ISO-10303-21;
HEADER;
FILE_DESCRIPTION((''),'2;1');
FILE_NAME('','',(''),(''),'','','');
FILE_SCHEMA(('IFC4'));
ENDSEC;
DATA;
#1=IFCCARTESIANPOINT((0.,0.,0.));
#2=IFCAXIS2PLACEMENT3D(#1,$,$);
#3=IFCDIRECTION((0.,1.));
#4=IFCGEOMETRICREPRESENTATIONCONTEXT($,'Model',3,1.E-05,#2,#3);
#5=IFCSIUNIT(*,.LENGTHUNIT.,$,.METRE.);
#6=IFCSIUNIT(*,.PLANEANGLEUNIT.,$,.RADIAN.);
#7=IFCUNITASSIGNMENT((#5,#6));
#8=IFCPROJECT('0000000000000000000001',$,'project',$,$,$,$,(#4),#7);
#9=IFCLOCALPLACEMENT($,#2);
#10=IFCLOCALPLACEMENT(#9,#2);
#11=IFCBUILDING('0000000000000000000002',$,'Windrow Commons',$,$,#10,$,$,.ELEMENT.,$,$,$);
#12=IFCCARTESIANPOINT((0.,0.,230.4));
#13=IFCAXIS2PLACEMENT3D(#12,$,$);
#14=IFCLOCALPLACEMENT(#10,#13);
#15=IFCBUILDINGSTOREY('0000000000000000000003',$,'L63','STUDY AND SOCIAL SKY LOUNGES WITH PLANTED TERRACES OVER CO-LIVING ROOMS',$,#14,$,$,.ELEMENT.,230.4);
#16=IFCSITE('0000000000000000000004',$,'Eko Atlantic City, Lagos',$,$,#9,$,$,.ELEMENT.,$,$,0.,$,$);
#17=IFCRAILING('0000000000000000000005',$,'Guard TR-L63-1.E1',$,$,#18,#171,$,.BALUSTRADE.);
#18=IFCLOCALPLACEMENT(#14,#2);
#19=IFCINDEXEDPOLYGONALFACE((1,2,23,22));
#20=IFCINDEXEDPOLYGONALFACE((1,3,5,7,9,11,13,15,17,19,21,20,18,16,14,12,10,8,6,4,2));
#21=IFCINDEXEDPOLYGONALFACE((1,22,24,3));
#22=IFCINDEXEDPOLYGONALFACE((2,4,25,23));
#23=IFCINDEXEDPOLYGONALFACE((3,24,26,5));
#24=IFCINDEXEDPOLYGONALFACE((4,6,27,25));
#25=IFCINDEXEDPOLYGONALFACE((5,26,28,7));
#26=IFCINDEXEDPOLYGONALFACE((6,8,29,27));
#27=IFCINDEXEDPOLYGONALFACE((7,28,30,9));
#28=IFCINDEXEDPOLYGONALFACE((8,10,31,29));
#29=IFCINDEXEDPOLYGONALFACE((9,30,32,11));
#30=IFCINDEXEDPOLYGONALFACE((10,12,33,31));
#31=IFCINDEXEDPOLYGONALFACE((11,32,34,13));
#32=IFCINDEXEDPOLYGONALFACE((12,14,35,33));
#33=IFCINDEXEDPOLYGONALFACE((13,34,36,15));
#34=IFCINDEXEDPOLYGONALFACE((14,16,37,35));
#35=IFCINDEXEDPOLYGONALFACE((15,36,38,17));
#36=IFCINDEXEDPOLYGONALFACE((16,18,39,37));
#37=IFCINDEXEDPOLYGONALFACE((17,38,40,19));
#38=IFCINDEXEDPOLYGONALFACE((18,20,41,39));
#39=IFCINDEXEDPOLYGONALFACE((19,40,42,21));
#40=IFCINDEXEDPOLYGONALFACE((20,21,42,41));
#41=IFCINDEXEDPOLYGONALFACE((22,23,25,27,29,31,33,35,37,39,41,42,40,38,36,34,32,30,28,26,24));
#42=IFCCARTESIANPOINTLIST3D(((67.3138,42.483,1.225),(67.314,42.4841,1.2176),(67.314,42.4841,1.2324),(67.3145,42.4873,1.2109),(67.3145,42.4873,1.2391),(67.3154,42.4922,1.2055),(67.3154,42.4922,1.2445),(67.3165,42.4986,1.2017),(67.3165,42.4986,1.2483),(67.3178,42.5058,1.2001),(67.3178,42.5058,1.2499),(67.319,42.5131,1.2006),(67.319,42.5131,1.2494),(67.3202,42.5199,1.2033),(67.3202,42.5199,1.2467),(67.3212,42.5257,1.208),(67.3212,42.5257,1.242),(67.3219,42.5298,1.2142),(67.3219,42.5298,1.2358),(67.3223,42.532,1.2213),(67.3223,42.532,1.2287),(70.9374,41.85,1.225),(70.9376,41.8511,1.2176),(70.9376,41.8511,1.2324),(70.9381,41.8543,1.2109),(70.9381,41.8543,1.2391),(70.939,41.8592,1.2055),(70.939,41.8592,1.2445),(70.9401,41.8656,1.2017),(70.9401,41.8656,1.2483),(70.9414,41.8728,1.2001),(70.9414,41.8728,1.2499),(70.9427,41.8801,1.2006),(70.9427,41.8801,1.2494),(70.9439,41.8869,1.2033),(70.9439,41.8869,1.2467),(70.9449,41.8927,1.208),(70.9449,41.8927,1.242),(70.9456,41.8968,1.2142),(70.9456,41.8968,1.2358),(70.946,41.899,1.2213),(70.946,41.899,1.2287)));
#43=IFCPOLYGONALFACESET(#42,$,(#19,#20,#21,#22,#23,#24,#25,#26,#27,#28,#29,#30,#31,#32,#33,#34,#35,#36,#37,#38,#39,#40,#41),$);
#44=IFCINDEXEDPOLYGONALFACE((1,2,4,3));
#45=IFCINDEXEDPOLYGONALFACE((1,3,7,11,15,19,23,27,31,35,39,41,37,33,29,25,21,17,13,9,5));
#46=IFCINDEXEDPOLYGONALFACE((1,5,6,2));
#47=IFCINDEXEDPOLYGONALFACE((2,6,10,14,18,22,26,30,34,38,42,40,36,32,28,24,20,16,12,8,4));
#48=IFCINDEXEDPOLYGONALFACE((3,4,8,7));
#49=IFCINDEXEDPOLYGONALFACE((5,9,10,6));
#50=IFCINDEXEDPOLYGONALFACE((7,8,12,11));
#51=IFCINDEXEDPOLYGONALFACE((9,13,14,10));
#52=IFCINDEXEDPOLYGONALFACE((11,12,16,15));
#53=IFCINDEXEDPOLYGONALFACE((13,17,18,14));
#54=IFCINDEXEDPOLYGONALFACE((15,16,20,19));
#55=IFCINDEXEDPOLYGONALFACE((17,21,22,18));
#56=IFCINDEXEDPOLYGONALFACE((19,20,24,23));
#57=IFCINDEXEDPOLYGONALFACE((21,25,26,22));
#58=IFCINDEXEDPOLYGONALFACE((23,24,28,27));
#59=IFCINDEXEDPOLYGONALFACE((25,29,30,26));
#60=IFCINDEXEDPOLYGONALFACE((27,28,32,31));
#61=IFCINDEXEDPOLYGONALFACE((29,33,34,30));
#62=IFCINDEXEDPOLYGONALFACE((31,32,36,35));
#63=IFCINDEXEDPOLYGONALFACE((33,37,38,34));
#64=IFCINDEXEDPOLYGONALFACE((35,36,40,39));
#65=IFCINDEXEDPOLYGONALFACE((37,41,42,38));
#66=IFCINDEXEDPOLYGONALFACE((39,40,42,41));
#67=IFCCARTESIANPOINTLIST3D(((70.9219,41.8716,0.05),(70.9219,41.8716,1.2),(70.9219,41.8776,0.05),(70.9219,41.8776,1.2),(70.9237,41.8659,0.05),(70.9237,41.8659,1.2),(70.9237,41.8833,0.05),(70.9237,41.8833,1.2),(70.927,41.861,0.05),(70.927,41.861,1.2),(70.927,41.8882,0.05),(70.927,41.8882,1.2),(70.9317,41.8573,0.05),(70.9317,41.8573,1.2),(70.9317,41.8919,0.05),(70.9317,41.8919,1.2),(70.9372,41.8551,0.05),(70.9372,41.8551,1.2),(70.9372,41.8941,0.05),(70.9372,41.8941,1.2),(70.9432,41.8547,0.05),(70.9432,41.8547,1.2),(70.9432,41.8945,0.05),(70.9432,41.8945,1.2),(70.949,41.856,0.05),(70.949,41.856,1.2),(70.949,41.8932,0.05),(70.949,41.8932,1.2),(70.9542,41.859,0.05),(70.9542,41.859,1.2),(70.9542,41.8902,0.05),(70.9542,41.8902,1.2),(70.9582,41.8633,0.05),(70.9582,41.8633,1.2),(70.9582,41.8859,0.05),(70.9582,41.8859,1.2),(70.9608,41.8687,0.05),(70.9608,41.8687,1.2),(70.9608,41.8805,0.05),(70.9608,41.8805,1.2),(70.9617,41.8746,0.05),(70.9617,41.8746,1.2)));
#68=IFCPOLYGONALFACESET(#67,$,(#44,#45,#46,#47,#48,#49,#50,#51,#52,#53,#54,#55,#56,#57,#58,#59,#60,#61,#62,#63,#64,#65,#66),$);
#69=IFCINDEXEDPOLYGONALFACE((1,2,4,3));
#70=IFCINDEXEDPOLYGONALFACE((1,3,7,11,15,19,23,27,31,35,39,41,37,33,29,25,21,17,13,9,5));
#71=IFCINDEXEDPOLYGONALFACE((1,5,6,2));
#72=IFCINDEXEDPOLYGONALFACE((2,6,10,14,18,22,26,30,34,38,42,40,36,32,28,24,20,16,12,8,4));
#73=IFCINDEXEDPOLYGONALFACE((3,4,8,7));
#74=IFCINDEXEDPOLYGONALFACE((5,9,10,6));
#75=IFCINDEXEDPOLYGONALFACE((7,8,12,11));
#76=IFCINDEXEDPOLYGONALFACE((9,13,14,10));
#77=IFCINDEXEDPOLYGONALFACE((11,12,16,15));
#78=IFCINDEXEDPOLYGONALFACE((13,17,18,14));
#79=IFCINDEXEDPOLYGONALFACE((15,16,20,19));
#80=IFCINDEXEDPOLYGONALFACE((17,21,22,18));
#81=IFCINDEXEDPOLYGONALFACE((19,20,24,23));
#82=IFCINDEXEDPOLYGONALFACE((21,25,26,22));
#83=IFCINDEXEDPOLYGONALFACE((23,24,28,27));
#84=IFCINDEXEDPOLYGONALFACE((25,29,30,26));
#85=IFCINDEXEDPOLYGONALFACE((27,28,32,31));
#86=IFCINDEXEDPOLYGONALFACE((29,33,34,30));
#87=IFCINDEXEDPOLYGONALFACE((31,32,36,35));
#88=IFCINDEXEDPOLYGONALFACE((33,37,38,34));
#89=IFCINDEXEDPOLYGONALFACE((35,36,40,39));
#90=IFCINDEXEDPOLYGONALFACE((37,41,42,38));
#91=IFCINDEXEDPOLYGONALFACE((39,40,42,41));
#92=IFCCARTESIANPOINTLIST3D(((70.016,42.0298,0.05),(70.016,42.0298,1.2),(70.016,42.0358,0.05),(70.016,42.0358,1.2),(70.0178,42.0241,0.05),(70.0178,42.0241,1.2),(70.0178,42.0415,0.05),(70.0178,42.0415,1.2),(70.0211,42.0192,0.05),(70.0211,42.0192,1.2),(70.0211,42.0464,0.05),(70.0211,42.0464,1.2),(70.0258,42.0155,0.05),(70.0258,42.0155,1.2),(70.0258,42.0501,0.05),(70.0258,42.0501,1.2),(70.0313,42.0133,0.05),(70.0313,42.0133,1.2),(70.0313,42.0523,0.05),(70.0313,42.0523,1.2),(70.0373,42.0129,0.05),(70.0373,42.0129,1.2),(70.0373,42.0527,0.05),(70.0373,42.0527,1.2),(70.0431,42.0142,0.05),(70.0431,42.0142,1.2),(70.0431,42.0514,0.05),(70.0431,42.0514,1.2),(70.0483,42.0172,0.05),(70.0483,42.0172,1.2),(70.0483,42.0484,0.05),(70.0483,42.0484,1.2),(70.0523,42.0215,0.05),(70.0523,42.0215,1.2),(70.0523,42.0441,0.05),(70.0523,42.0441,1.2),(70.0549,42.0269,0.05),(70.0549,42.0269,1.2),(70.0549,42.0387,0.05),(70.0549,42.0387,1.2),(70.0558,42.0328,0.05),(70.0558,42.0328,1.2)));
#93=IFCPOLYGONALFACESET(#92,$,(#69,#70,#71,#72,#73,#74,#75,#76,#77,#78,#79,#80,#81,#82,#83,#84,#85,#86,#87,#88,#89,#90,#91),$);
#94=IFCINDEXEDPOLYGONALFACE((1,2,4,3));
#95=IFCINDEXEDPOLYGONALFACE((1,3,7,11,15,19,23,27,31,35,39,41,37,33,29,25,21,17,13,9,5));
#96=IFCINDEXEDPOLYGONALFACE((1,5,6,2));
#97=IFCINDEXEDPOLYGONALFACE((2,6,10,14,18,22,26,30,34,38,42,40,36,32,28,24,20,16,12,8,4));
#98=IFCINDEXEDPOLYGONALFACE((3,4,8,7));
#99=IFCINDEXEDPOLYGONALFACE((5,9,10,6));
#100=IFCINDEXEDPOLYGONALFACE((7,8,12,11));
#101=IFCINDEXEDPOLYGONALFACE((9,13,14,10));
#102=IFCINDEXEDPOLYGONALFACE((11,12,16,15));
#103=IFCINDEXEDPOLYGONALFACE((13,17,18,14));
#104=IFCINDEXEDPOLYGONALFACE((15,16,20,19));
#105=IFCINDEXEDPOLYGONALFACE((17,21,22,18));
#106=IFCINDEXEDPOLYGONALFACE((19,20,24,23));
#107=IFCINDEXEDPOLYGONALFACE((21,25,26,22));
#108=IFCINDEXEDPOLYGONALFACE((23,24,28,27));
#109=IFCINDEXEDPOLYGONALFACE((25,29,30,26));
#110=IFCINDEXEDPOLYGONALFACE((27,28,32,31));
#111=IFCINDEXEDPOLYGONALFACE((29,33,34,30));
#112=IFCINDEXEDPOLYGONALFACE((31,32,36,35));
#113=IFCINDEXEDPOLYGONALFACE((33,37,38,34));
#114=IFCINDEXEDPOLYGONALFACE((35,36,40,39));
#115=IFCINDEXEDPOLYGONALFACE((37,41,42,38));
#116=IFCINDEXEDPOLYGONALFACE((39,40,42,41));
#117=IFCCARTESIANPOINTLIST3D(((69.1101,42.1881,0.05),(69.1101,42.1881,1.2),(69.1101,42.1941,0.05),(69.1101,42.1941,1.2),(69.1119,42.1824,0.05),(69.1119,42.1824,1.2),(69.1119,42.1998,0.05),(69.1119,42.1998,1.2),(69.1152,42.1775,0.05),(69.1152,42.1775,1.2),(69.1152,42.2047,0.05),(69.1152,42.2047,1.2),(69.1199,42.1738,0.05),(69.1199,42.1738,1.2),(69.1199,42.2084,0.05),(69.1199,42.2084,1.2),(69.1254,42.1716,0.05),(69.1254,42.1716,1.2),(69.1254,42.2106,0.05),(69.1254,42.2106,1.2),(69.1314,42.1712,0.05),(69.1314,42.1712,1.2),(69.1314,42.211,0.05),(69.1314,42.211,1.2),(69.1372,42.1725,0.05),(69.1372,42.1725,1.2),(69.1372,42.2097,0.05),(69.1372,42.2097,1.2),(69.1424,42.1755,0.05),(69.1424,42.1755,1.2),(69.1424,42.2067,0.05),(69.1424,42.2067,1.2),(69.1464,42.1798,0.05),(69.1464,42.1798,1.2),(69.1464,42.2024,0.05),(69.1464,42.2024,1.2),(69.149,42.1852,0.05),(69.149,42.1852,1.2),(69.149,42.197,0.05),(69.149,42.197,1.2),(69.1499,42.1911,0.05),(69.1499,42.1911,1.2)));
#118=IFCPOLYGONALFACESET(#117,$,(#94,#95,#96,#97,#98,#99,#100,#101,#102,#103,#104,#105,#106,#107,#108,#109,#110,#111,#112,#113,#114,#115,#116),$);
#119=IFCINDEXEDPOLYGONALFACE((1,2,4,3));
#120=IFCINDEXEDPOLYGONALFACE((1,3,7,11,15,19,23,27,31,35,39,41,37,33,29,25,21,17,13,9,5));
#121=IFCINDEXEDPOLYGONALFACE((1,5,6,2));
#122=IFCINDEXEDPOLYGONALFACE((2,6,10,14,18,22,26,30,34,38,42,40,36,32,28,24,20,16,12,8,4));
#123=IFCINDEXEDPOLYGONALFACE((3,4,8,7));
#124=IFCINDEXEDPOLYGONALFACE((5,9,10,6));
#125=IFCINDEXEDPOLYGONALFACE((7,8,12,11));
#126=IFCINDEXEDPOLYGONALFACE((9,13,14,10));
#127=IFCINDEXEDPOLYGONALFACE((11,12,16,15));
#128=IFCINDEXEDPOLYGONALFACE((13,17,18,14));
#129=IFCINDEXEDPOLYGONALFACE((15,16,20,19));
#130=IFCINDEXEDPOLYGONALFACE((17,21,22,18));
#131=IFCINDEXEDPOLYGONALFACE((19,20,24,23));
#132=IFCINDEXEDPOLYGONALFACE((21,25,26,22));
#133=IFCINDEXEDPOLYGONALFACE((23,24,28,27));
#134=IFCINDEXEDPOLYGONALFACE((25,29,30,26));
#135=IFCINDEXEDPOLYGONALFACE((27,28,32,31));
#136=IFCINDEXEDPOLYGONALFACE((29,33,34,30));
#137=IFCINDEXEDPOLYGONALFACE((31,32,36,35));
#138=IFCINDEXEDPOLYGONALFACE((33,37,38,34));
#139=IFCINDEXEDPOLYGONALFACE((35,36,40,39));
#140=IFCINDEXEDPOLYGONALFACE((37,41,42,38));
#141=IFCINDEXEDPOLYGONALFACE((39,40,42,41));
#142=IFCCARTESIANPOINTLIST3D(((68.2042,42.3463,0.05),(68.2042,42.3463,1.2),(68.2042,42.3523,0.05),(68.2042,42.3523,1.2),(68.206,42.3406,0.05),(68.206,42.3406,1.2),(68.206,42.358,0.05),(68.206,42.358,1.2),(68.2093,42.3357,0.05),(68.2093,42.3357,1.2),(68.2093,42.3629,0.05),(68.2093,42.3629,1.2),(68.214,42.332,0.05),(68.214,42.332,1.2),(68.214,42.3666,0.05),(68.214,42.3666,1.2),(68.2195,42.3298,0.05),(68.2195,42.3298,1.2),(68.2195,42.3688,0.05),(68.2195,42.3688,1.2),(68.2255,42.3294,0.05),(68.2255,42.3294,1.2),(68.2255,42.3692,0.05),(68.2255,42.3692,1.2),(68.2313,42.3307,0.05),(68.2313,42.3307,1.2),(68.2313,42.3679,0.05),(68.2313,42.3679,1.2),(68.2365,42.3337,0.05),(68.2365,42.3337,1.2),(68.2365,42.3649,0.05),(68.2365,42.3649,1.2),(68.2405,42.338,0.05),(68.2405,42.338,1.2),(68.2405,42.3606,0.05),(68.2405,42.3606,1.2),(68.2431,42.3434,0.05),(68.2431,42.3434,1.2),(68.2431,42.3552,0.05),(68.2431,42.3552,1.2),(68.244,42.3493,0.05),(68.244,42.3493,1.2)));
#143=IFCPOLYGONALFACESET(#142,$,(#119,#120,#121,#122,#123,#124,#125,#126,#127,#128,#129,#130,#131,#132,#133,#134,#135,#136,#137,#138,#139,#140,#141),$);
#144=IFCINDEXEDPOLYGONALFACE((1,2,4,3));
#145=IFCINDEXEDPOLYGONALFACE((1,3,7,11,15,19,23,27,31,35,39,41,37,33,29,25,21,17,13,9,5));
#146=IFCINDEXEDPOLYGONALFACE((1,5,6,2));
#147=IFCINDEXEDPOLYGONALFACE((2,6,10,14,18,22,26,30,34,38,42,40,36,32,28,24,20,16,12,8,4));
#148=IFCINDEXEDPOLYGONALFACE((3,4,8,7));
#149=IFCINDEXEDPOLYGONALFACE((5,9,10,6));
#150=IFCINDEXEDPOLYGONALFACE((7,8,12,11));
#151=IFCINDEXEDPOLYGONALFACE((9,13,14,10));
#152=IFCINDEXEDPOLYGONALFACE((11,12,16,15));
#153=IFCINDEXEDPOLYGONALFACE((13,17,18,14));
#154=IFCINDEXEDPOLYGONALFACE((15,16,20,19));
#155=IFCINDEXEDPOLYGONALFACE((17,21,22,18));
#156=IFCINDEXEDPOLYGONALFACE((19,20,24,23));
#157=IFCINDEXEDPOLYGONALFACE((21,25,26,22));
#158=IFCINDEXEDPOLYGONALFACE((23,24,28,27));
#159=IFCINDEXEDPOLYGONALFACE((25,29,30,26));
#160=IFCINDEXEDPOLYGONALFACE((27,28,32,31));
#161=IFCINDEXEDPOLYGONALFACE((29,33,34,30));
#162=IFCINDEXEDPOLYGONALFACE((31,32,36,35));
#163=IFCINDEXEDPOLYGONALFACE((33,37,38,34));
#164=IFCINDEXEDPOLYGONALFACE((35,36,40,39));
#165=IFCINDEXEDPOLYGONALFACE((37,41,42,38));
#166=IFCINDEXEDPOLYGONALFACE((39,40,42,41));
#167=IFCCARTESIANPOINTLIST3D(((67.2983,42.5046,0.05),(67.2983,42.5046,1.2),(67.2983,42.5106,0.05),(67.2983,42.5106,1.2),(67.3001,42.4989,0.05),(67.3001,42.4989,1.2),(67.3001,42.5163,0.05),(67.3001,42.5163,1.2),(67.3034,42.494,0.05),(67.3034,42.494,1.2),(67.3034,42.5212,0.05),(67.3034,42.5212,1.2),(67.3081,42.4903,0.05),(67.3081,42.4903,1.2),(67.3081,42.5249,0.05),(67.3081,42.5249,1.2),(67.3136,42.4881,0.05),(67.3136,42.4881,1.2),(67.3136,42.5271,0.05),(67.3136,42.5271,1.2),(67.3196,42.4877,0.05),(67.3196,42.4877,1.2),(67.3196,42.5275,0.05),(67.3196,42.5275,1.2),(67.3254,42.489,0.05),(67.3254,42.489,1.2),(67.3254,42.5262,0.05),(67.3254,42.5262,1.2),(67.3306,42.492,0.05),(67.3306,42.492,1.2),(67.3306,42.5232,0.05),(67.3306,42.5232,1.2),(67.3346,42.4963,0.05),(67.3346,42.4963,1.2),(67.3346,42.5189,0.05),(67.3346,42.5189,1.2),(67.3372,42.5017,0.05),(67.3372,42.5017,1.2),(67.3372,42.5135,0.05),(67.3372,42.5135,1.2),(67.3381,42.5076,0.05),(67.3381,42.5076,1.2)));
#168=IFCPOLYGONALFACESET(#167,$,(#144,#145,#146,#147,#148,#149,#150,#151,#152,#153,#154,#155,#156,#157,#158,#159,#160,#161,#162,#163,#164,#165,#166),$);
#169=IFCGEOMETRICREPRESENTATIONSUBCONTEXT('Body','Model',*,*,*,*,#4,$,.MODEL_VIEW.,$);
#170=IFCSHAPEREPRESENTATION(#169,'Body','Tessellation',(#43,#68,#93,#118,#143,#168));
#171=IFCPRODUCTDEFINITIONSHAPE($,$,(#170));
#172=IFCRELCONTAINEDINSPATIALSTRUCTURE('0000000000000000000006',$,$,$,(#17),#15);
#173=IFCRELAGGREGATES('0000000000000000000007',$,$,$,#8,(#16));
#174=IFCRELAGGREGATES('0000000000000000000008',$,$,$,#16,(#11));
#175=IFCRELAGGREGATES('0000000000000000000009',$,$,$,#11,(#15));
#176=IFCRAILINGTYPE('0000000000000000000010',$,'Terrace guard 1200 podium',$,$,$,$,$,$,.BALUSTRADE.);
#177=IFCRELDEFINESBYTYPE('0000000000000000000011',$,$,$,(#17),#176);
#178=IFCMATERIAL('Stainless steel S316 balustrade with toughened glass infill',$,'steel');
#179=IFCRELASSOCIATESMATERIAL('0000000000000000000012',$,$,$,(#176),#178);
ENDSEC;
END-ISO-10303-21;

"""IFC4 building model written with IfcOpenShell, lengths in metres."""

from ifc_helpers import new_model, si_unit, direction, frame, origin, origin_2d, place, context, subcontext, project, spatial, circle, extrude, material, type_object, element, save


model = new_model("IFC4")

# Units and contexts
model_context = context("Model", 3, precision=1e-05, world=origin(), true_north=direction((0.0, 1.0)))
body_context = subcontext(model_context, "Body", "Model", "MODEL_VIEW")
ifc_project = project(units=[si_unit("LENGTHUNIT", "METRE"), si_unit("PLANEANGLEUNIT", "RADIAN")], contexts=[model_context])

# Site, building, storey
site_placement = place(None, origin())
site = spatial("IfcSite", under=ifc_project, at=site_placement, Name="Eko Atlantic City, Lagos", CompositionType="ELEMENT", RefElevation=0.0)
building_placement = place(site_placement, origin())
building = spatial("IfcBuilding", under=site, at=building_placement, Name="Windrow Commons", CompositionType="ELEMENT")
storey_placement = place(building_placement, frame((0.0, 0.0, 230.4)))
storey = spatial("IfcBuildingStorey", under=building, at=storey_placement, Name="L63", Description="STUDY AND SOCIAL SKY LOUNGES WITH PLANTED TERRACES OVER CO-LIVING ROOMS", CompositionType="ELEMENT", Elevation=230.4)

# Railing
ifc_material_1 = material(Name="Stainless steel S316 balustrade with toughened glass infill", Category="steel")
railing_type = type_object("IfcRailingType", Name="Terrace guard 1200 podium", PredefinedType="BALUSTRADE", material=ifc_material_1)
railing_1_placement = place(storey_placement, frame((70.9417, 41.8746, 0.05)))
element("IfcRailing", 1, at=railing_1_placement, inside=storey, type_object=railing_type, Name="Guard TR-L63-1.E1", PredefinedType="BALUSTRADE", context=body_context, shape_type="SweptSolid", body=[
    extrude(circle(Radius=0.025, at=origin_2d()), frame((0.0, 0.0, 1.175), z_axis=(-0.985083, 0.172082, 0.0), x_axis=(-0.172082, -0.985083, 0.0)), (0.0, 0.0, 1.0), 3.6785),
    extrude(circle(Radius=0.02, at=origin_2d()), origin(), (0.0, 0.0, 1.0), 1.15),
    extrude(circle(Radius=0.02, at=origin_2d()), frame((-0.9059, 0.1582, 0.0)), (0.0, 0.0, 1.0), 1.15),
    extrude(circle(Radius=0.02, at=origin_2d()), frame((-1.8118, 0.3165, 0.0)), (0.0, 0.0, 1.0), 1.15),
    extrude(circle(Radius=0.02, at=origin_2d()), frame((-2.7177, 0.4747, 0.0)), (0.0, 0.0, 1.0), 1.15),
    extrude(circle(Radius=0.02, at=origin_2d()), frame((-3.6236, 0.633, 0.0)), (0.0, 0.0, 1.0), 1.15),
])

save(model, "model.ifc")
